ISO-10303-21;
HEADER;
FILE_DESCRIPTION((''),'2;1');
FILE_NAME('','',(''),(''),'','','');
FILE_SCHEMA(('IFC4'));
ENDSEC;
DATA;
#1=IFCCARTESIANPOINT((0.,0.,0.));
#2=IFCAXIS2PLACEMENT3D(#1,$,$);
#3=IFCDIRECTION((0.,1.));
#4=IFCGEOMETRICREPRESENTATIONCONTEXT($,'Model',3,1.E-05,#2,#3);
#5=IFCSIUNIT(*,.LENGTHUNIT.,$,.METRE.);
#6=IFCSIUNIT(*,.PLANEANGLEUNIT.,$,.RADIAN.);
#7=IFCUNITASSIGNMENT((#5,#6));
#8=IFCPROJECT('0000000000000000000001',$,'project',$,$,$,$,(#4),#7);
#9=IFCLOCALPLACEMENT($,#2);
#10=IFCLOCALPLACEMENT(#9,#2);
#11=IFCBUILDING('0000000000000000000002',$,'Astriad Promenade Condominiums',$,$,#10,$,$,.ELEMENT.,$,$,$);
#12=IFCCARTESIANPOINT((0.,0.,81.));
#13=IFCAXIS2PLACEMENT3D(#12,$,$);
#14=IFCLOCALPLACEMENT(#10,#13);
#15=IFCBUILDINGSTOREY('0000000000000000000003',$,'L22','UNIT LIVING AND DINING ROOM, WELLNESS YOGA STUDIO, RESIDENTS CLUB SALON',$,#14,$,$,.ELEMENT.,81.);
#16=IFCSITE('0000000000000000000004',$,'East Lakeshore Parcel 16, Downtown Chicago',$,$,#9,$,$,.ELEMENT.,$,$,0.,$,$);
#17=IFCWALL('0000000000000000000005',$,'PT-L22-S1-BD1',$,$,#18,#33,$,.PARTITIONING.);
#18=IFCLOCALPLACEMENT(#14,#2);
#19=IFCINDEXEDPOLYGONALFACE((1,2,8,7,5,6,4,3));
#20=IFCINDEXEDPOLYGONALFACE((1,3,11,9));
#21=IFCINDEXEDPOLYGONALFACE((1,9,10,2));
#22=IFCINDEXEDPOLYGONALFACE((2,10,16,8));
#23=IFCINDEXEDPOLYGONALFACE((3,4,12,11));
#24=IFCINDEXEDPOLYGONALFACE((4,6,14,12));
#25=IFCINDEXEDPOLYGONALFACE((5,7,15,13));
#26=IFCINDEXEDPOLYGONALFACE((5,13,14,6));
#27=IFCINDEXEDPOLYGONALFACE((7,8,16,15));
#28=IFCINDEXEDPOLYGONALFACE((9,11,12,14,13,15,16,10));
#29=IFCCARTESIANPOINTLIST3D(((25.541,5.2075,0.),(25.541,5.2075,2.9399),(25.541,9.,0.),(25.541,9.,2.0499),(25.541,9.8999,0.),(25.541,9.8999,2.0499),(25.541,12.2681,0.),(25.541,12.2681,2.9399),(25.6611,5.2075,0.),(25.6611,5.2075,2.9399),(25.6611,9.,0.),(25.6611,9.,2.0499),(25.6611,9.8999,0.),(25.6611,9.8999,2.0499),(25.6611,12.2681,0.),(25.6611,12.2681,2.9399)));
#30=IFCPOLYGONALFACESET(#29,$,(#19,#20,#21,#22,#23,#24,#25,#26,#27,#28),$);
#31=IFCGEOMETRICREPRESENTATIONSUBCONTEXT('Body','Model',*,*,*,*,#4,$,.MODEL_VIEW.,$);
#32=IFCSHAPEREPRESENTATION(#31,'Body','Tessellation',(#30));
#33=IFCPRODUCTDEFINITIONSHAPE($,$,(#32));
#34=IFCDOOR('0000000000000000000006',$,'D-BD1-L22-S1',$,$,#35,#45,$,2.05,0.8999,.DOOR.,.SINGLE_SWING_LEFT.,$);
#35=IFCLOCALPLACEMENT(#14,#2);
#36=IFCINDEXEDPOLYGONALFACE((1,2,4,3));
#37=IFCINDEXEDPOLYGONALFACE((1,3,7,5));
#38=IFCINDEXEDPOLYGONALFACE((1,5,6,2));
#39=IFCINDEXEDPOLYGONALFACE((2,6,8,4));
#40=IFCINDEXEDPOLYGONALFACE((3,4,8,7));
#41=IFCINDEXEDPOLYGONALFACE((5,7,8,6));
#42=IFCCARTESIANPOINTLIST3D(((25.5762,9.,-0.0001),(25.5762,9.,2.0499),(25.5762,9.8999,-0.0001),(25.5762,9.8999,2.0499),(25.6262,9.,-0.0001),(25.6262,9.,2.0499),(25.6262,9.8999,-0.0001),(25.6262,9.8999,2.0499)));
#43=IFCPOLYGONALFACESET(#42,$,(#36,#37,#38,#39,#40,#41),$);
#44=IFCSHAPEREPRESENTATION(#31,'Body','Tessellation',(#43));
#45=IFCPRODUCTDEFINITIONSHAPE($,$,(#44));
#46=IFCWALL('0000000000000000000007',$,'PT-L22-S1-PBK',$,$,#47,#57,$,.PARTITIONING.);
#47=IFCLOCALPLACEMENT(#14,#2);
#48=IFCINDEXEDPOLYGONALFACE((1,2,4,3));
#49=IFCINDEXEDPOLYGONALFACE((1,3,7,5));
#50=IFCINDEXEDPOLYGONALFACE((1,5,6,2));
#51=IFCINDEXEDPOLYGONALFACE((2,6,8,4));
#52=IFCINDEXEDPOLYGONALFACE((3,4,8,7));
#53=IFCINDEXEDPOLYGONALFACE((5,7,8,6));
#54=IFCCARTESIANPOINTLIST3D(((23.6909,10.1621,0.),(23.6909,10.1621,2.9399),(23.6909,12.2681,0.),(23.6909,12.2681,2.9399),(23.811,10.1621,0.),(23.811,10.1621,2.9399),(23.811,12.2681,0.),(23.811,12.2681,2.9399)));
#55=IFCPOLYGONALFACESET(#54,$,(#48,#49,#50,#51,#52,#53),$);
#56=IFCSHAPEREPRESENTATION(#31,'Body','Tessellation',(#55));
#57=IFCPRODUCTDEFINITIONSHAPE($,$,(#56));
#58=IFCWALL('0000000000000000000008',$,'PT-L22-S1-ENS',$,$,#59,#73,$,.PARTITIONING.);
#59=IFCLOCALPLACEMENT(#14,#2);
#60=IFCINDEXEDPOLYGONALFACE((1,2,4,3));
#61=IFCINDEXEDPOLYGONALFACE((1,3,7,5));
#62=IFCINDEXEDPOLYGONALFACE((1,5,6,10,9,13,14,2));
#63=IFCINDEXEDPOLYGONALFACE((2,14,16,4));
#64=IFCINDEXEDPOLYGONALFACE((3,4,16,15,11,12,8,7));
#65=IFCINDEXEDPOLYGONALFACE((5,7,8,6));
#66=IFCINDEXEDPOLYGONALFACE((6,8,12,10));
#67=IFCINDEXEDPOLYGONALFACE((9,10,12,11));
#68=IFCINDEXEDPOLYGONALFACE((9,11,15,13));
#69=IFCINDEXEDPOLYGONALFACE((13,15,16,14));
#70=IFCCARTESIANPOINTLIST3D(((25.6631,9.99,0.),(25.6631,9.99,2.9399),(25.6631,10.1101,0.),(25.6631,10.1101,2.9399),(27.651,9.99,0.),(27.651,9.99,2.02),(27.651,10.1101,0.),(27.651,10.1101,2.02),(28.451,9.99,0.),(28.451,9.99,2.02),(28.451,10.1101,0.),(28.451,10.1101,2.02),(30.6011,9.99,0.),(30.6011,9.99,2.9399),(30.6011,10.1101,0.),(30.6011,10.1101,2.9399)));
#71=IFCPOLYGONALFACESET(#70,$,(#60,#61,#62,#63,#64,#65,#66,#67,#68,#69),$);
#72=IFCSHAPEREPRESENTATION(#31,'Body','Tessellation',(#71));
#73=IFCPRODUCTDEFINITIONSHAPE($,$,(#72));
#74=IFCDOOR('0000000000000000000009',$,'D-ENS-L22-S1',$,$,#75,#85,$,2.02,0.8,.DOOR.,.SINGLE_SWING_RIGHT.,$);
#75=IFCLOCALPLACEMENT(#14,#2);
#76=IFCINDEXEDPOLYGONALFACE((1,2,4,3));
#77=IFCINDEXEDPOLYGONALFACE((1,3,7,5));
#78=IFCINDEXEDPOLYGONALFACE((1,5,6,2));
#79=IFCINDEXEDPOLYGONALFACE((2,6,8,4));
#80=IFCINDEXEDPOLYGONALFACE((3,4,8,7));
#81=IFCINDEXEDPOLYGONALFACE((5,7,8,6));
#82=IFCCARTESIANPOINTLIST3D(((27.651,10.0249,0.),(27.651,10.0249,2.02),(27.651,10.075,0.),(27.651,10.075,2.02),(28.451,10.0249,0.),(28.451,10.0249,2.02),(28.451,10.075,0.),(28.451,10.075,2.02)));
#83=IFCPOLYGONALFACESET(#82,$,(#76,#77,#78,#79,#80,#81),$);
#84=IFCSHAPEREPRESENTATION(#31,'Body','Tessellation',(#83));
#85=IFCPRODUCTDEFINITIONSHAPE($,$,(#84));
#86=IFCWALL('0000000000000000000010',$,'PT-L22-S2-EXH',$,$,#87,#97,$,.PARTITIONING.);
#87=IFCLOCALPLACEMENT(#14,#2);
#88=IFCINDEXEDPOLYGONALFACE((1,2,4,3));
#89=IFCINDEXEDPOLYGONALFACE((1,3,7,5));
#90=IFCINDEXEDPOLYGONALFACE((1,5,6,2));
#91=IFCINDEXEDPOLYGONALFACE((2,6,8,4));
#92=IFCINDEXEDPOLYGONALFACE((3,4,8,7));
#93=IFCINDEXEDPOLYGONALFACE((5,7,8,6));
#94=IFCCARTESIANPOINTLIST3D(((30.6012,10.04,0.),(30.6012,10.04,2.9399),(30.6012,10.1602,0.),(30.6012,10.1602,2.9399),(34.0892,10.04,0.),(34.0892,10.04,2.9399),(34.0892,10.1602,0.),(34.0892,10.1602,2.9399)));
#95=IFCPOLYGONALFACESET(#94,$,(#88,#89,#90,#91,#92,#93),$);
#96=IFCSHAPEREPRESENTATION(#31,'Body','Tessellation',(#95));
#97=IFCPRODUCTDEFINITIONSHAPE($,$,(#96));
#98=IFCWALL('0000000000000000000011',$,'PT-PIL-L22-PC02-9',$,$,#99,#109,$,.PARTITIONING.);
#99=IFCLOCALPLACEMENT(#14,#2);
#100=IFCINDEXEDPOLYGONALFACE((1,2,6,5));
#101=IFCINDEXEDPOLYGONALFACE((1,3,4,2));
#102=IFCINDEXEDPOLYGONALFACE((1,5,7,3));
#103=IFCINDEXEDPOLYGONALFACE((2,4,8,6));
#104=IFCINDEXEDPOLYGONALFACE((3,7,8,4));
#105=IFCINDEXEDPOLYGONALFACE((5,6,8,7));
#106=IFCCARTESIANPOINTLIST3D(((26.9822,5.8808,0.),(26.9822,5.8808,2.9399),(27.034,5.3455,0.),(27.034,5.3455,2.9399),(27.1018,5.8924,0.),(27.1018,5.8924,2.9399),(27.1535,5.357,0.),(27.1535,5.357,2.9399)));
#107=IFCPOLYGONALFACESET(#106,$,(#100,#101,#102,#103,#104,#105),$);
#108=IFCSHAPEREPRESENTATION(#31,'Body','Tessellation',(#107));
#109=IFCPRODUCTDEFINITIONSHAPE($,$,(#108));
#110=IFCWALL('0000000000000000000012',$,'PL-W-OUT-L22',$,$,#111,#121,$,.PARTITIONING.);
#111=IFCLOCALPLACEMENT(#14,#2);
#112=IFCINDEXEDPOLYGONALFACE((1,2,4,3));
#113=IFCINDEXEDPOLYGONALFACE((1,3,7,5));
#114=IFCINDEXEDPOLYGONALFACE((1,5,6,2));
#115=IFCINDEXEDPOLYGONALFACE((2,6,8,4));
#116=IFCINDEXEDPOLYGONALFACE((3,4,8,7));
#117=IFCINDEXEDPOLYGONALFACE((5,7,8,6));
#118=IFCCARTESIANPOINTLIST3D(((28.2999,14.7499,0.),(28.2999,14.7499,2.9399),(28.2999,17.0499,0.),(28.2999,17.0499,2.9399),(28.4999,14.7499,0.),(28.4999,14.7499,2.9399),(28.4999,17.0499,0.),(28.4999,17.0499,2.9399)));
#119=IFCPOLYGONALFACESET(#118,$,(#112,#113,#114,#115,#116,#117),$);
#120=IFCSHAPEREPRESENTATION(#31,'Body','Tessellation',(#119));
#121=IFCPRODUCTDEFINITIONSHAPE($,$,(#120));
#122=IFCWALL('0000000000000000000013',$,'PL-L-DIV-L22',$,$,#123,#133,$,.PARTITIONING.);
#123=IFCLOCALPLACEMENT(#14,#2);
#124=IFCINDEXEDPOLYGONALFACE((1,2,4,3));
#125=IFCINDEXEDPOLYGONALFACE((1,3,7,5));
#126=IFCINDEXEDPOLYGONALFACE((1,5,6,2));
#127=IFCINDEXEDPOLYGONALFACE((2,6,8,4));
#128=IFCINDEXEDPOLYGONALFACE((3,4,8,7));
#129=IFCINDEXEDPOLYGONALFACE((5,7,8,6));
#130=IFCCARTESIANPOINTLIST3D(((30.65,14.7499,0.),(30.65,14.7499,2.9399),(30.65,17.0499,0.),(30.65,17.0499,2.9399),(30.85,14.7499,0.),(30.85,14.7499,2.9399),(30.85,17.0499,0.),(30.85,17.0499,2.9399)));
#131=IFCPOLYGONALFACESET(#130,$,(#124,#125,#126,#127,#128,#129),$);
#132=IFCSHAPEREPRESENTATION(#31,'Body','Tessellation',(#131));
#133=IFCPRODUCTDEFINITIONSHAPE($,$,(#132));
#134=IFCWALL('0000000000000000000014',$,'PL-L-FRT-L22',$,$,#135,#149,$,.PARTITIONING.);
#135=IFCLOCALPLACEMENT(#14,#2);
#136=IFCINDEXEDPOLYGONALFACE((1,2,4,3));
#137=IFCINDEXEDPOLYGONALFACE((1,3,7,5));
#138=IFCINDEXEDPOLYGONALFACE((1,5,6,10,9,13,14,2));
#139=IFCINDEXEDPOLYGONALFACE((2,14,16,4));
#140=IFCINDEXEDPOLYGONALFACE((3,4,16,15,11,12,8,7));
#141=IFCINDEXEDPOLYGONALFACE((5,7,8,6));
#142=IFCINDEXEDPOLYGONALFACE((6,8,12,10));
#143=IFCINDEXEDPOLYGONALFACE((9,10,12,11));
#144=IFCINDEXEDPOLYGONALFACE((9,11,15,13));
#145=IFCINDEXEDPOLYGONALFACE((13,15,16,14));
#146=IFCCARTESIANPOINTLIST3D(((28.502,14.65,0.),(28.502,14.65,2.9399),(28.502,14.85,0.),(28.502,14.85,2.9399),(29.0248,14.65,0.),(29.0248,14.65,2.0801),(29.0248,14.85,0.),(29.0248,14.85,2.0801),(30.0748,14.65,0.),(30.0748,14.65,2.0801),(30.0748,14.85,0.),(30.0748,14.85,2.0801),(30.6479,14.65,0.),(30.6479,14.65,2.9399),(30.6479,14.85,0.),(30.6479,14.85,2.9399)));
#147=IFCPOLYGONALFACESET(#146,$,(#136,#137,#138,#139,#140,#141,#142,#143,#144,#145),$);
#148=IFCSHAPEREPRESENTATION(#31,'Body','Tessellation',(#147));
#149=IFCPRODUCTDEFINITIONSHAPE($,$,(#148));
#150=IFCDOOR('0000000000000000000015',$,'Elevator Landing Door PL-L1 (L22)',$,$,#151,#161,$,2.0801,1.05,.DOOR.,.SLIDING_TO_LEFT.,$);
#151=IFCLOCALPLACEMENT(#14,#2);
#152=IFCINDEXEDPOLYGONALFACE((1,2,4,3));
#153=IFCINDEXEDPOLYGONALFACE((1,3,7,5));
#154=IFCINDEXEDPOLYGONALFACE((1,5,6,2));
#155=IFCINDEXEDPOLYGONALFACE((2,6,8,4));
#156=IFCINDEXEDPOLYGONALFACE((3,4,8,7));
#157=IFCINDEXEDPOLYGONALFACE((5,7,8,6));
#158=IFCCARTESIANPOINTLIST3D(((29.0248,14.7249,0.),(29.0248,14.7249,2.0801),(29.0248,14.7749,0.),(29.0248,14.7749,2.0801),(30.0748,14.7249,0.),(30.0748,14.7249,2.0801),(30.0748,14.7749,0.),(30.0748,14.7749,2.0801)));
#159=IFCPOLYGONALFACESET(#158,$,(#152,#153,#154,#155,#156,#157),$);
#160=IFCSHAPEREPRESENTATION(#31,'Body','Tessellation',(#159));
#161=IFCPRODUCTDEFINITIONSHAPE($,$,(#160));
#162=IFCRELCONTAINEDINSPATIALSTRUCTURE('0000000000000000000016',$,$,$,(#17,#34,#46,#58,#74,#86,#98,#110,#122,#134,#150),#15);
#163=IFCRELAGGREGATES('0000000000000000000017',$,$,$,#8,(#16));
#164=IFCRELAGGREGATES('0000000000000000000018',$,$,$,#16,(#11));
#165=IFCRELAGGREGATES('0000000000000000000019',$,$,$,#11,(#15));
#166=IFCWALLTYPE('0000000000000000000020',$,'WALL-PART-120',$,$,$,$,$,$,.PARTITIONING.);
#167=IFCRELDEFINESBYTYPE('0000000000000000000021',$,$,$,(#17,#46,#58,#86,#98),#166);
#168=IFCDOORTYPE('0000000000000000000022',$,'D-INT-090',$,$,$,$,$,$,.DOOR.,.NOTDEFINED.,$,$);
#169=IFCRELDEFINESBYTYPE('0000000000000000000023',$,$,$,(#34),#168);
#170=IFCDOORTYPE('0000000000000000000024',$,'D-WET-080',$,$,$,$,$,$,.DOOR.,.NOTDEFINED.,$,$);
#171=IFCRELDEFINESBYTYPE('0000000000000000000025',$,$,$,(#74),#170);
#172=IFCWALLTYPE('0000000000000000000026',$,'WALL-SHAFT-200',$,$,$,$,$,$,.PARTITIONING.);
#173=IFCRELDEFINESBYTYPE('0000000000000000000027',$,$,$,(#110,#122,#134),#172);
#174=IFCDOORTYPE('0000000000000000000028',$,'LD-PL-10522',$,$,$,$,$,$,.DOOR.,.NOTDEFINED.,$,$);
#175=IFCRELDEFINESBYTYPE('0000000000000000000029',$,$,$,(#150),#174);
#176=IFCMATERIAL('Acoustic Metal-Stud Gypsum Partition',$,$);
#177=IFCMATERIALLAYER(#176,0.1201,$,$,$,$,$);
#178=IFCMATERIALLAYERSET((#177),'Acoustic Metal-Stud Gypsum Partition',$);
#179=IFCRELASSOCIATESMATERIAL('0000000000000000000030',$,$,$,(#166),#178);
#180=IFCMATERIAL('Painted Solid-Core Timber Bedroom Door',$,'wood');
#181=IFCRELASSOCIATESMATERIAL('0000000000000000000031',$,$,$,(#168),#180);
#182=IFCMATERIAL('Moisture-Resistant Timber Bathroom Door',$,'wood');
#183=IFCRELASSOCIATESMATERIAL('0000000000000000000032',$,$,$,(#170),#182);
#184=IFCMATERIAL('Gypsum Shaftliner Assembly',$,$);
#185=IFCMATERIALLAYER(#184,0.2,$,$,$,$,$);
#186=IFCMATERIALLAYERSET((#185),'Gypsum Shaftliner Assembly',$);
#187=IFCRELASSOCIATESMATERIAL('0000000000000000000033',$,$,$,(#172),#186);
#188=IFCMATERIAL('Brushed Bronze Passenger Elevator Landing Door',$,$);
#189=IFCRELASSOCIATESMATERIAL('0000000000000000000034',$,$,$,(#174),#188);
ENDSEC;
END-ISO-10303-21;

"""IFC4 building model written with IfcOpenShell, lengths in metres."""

from ifc_helpers import new_model, si_unit, direction, frame, frame_2d, origin, place, context, subcontext, project, spatial, rectangle, extrude, source, transform, mapped, material, layer, layer_set, type_object, type_shapes, element, fill, save


model = new_model("IFC4")

# Units and contexts
model_context = context("Model", 3, precision=1e-05, world=origin(), true_north=direction((0.0, 1.0)))
body_context = subcontext(model_context, "Body", "Model", "MODEL_VIEW")
ifc_project = project(units=[si_unit("LENGTHUNIT", "METRE"), si_unit("PLANEANGLEUNIT", "RADIAN")], contexts=[model_context])

# Site, building, storey
site_placement = place(None, origin())
site = spatial("IfcSite", under=ifc_project, at=site_placement, Name="East Lakeshore Parcel 16, Downtown Chicago", CompositionType="ELEMENT", RefElevation=0.0)
building_placement = place(site_placement, origin())
building = spatial("IfcBuilding", under=site, at=building_placement, Name="Astriad Promenade Condominiums", CompositionType="ELEMENT")
storey_placement = place(building_placement, frame((0.0, 0.0, 81.0)))
storey = spatial("IfcBuildingStorey", under=building, at=storey_placement, Name="L22", Description="UNIT LIVING AND DINING ROOM, WELLNESS YOGA STUDIO, RESIDENTS CLUB SALON", CompositionType="ELEMENT", Elevation=81.0)

# Wall, opening, door
ifc_material_1 = material(Name="Acoustic Metal-Stud Gypsum Partition")
ifc_layer_1 = layer(ifc_material_1, 0.1201)
ifc_layer_set_1 = layer_set([ifc_layer_1], Name="Acoustic Metal-Stud Gypsum Partition")
wall_type_1 = type_object("IfcWallType", Name="WALL-PART-120", PredefinedType="PARTITIONING", material=ifc_layer_set_1)
wall_1_placement = place(storey_placement, frame((25.6011, 5.2075, 0.0), z_axis=(0.0, 0.0, 1.0), x_axis=(0.0, 1.0, 0.0)))
wall_1 = element("IfcWall", 1, at=wall_1_placement, inside=storey, type_object=wall_type_1, Name="PT-L22-S1-BD1", PredefinedType="PARTITIONING", context=body_context, shape_type="SweptSolid", body=[
    extrude(rectangle(XDim=7.0605, YDim=0.1201, at=frame_2d((3.5303, 0.0))), origin(), (0.0, 0.0, 1.0), 2.9399),
])
opening_1_placement = place(wall_1_placement, frame((3.7925, 0.0, 0.0)))
opening_1 = element("IfcOpeningElement", 2, at=opening_1_placement, cuts=wall_1, PredefinedType="OPENING", context=body_context, shape_type="SweptSolid", body=[
    extrude(rectangle(XDim=0.8999, YDim=2.05, at=frame_2d((0.45, 1.0249))), frame((0.0, 0.0701, 0.0), z_axis=(0.0, -1.0, 0.0), x_axis=(1.0, 0.0, 0.0)), (0.0, 0.0, 1.0), 0.1401),
])
ifc_material_2 = material(Name="Painted Solid-Core Timber Bedroom Door", Category="wood")
door_type_1 = type_object("IfcDoorType", Name="D-INT-090", OperationType="NOTDEFINED", PredefinedType="DOOR", material=ifc_material_2)
shared_shape_1 = source(origin(), body_context, "Body", "SweptSolid", [
    extrude(rectangle(XDim=0.8999, YDim=2.05, at=frame_2d((0.45, 1.0249))), frame((0.0, 0.0249, 0.0), z_axis=(0.0, -1.0, 0.0), x_axis=(1.0, 0.0, 0.0)), (0.0, 0.0, 1.0), 0.05),
])
type_shapes(door_type_1, [shared_shape_1])
door_1_placement = place(opening_1_placement, origin())
door_1 = element("IfcDoor", 3, at=door_1_placement, inside=storey, type_object=door_type_1, Name="D-BD1-L22-S1", OperationType="SINGLE_SWING_LEFT", OverallHeight=2.05, OverallWidth=0.8999, PredefinedType="DOOR", context=body_context, shape_type="MappedRepresentation", body=[
    mapped(shared_shape_1, transform((0.0, 0.0, 0.0), scale=1.0)),
])
fill(opening_1, door_1)

# Wall
wall_2_placement = place(storey_placement, frame((23.751, 10.1621, 0.0), z_axis=(0.0, 0.0, 1.0), x_axis=(0.0, 1.0, 0.0)))
element("IfcWall", 4, at=wall_2_placement, inside=storey, type_object=wall_type_1, Name="PT-L22-S1-PBK", PredefinedType="PARTITIONING", context=body_context, shape_type="SweptSolid", body=[
    extrude(rectangle(XDim=2.106, YDim=0.1201, at=frame_2d((1.053, 0.0))), origin(), (0.0, 0.0, 1.0), 2.9399),
])

# Wall, opening, door
wall_3_placement = place(storey_placement, frame((25.6631, 10.05, 0.0), z_axis=(0.0, 0.0, 1.0), x_axis=(1.0, 0.0, 0.0)))
wall_3 = element("IfcWall", 5, at=wall_3_placement, inside=storey, type_object=wall_type_1, Name="PT-L22-S1-ENS", PredefinedType="PARTITIONING", context=body_context, shape_type="SweptSolid", body=[
    extrude(rectangle(XDim=4.938, YDim=0.1201, at=frame_2d((2.469, 0.0))), origin(), (0.0, 0.0, 1.0), 2.9399),
])
opening_2_placement = place(wall_3_placement, frame((1.988, 0.0, 0.0)))
opening_2 = element("IfcOpeningElement", 6, at=opening_2_placement, cuts=wall_3, PredefinedType="OPENING", context=body_context, shape_type="SweptSolid", body=[
    extrude(rectangle(XDim=0.8, YDim=2.02, at=frame_2d((0.3999, 1.01))), frame((0.0, 0.0701, 0.0), z_axis=(0.0, -1.0, 0.0), x_axis=(1.0, 0.0, 0.0)), (0.0, 0.0, 1.0), 0.1401),
])
ifc_material_3 = material(Name="Moisture-Resistant Timber Bathroom Door", Category="wood")
door_type_2 = type_object("IfcDoorType", Name="D-WET-080", OperationType="NOTDEFINED", PredefinedType="DOOR", material=ifc_material_3)
shared_shape_2 = source(origin(), body_context, "Body", "SweptSolid", [
    extrude(rectangle(XDim=0.8, YDim=2.02, at=frame_2d((0.3999, 1.01))), frame((0.0, 0.0249, 0.0), z_axis=(0.0, -1.0, 0.0), x_axis=(1.0, 0.0, 0.0)), (0.0, 0.0, 1.0), 0.05),
])
type_shapes(door_type_2, [shared_shape_2])
door_2_placement = place(opening_2_placement, origin())
door_2 = element("IfcDoor", 7, at=door_2_placement, inside=storey, type_object=door_type_2, Name="D-ENS-L22-S1", OperationType="SINGLE_SWING_RIGHT", OverallHeight=2.02, OverallWidth=0.8, PredefinedType="DOOR", context=body_context, shape_type="MappedRepresentation", body=[
    mapped(shared_shape_2, transform((0.0, 0.0, 0.0), scale=1.0)),
])
fill(opening_2, door_2)

# Walls
wall_4_placement = place(storey_placement, frame((30.6011, 10.1001, 0.0), z_axis=(0.0, 0.0, 1.0), x_axis=(1.0, 0.0, 0.0)))
element("IfcWall", 8, at=wall_4_placement, inside=storey, type_object=wall_type_1, Name="PT-L22-S2-EXH", PredefinedType="PARTITIONING", context=body_context, shape_type="SweptSolid", body=[
    extrude(rectangle(XDim=3.488, YDim=0.1201, at=frame_2d((1.7441, 0.0))), origin(), (0.0, 0.0, 1.0), 2.9399),
])
wall_5_placement = place(storey_placement, frame((27.042, 5.8867, 0.0), z_axis=(0.0, 0.0, 1.0), x_axis=(0.096223, -0.99536, 0.0)))
element("IfcWall", 9, at=wall_5_placement, inside=storey, type_object=wall_type_1, Name="PT-PIL-L22-PC02-9", PredefinedType="PARTITIONING", context=body_context, shape_type="SweptSolid", body=[
    extrude(rectangle(XDim=0.5378, YDim=0.1201, at=frame_2d((0.269, 0.0))), origin(), (0.0, 0.0, 1.0), 2.9399),
])
ifc_material_4 = material(Name="Gypsum Shaftliner Assembly")
ifc_layer_2 = layer(ifc_material_4, 0.2)
ifc_layer_set_2 = layer_set([ifc_layer_2], Name="Gypsum Shaftliner Assembly")
wall_type_2 = type_object("IfcWallType", Name="WALL-SHAFT-200", PredefinedType="PARTITIONING", material=ifc_layer_set_2)
for number, where, z_axis, x_axis, name in (
    (10, (28.3999, 14.75, 0.0), (0.0, 0.0, 1.0), (0.0, 1.0, 0.0), "PL-W-OUT-L22"),
    (11, (30.75, 14.75, 0.0), (0.0, 0.0, 1.0), (0.0, 1.0, 0.0), "PL-L-DIV-L22"),
):
    element("IfcWall", number, at=place(storey_placement, frame(where, z_axis=z_axis, x_axis=x_axis)), inside=storey, type_object=wall_type_2, Name=name, PredefinedType="PARTITIONING", context=body_context, shape_type="SweptSolid", body=[
        extrude(rectangle(XDim=2.3, YDim=0.2, at=frame_2d((1.1499, 0.0))), origin(), (0.0, 0.0, 1.0), 2.9399),
    ])

# Wall, opening, door
wall_6_placement = place(storey_placement, frame((28.502, 14.75, 0.0), z_axis=(0.0, 0.0, 1.0), x_axis=(1.0, 0.0, 0.0)))
wall_6 = element("IfcWall", 12, at=wall_6_placement, inside=storey, type_object=wall_type_2, Name="PL-L-FRT-L22", PredefinedType="PARTITIONING", context=body_context, shape_type="SweptSolid", body=[
    extrude(rectangle(XDim=2.146, YDim=0.2, at=frame_2d((1.073, 0.0))), origin(), (0.0, 0.0, 1.0), 2.9399),
])
opening_3_placement = place(wall_6_placement, frame((0.5229, 0.0, 0.0)))
opening_3 = element("IfcOpeningElement", 13, at=opening_3_placement, cuts=wall_6, PredefinedType="OPENING", context=body_context, shape_type="SweptSolid", body=[
    extrude(rectangle(XDim=1.05, YDim=2.0801, at=frame_2d((0.5249, 1.04))), frame((0.0, 0.1099, 0.0), z_axis=(0.0, -1.0, 0.0), x_axis=(1.0, 0.0, 0.0)), (0.0, 0.0, 1.0), 0.22),
])
ifc_material_5 = material(Name="Brushed Bronze Passenger Elevator Landing Door")
door_type_3 = type_object("IfcDoorType", Name="LD-PL-10522", OperationType="NOTDEFINED", PredefinedType="DOOR", material=ifc_material_5)
shared_shape_3 = source(origin(), body_context, "Body", "SweptSolid", [
    extrude(rectangle(XDim=1.05, YDim=2.0801, at=frame_2d((0.5249, 1.04))), frame((0.0, 0.0249, 0.0), z_axis=(0.0, -1.0, 0.0), x_axis=(1.0, 0.0, 0.0)), (0.0, 0.0, 1.0), 0.05),
])
type_shapes(door_type_3, [shared_shape_3])
door_3_placement = place(opening_3_placement, origin())
door_3 = element("IfcDoor", 14, at=door_3_placement, inside=storey, type_object=door_type_3, Name="Elevator Landing Door PL-L1 (L22)", OperationType="SLIDING_TO_LEFT", OverallHeight=2.0801, OverallWidth=1.05, PredefinedType="DOOR", context=body_context, shape_type="MappedRepresentation", body=[
    mapped(shared_shape_3, transform((0.0, 0.0, 0.0), scale=1.0)),
])
fill(opening_3, door_3)

save(model, "model.ifc")
